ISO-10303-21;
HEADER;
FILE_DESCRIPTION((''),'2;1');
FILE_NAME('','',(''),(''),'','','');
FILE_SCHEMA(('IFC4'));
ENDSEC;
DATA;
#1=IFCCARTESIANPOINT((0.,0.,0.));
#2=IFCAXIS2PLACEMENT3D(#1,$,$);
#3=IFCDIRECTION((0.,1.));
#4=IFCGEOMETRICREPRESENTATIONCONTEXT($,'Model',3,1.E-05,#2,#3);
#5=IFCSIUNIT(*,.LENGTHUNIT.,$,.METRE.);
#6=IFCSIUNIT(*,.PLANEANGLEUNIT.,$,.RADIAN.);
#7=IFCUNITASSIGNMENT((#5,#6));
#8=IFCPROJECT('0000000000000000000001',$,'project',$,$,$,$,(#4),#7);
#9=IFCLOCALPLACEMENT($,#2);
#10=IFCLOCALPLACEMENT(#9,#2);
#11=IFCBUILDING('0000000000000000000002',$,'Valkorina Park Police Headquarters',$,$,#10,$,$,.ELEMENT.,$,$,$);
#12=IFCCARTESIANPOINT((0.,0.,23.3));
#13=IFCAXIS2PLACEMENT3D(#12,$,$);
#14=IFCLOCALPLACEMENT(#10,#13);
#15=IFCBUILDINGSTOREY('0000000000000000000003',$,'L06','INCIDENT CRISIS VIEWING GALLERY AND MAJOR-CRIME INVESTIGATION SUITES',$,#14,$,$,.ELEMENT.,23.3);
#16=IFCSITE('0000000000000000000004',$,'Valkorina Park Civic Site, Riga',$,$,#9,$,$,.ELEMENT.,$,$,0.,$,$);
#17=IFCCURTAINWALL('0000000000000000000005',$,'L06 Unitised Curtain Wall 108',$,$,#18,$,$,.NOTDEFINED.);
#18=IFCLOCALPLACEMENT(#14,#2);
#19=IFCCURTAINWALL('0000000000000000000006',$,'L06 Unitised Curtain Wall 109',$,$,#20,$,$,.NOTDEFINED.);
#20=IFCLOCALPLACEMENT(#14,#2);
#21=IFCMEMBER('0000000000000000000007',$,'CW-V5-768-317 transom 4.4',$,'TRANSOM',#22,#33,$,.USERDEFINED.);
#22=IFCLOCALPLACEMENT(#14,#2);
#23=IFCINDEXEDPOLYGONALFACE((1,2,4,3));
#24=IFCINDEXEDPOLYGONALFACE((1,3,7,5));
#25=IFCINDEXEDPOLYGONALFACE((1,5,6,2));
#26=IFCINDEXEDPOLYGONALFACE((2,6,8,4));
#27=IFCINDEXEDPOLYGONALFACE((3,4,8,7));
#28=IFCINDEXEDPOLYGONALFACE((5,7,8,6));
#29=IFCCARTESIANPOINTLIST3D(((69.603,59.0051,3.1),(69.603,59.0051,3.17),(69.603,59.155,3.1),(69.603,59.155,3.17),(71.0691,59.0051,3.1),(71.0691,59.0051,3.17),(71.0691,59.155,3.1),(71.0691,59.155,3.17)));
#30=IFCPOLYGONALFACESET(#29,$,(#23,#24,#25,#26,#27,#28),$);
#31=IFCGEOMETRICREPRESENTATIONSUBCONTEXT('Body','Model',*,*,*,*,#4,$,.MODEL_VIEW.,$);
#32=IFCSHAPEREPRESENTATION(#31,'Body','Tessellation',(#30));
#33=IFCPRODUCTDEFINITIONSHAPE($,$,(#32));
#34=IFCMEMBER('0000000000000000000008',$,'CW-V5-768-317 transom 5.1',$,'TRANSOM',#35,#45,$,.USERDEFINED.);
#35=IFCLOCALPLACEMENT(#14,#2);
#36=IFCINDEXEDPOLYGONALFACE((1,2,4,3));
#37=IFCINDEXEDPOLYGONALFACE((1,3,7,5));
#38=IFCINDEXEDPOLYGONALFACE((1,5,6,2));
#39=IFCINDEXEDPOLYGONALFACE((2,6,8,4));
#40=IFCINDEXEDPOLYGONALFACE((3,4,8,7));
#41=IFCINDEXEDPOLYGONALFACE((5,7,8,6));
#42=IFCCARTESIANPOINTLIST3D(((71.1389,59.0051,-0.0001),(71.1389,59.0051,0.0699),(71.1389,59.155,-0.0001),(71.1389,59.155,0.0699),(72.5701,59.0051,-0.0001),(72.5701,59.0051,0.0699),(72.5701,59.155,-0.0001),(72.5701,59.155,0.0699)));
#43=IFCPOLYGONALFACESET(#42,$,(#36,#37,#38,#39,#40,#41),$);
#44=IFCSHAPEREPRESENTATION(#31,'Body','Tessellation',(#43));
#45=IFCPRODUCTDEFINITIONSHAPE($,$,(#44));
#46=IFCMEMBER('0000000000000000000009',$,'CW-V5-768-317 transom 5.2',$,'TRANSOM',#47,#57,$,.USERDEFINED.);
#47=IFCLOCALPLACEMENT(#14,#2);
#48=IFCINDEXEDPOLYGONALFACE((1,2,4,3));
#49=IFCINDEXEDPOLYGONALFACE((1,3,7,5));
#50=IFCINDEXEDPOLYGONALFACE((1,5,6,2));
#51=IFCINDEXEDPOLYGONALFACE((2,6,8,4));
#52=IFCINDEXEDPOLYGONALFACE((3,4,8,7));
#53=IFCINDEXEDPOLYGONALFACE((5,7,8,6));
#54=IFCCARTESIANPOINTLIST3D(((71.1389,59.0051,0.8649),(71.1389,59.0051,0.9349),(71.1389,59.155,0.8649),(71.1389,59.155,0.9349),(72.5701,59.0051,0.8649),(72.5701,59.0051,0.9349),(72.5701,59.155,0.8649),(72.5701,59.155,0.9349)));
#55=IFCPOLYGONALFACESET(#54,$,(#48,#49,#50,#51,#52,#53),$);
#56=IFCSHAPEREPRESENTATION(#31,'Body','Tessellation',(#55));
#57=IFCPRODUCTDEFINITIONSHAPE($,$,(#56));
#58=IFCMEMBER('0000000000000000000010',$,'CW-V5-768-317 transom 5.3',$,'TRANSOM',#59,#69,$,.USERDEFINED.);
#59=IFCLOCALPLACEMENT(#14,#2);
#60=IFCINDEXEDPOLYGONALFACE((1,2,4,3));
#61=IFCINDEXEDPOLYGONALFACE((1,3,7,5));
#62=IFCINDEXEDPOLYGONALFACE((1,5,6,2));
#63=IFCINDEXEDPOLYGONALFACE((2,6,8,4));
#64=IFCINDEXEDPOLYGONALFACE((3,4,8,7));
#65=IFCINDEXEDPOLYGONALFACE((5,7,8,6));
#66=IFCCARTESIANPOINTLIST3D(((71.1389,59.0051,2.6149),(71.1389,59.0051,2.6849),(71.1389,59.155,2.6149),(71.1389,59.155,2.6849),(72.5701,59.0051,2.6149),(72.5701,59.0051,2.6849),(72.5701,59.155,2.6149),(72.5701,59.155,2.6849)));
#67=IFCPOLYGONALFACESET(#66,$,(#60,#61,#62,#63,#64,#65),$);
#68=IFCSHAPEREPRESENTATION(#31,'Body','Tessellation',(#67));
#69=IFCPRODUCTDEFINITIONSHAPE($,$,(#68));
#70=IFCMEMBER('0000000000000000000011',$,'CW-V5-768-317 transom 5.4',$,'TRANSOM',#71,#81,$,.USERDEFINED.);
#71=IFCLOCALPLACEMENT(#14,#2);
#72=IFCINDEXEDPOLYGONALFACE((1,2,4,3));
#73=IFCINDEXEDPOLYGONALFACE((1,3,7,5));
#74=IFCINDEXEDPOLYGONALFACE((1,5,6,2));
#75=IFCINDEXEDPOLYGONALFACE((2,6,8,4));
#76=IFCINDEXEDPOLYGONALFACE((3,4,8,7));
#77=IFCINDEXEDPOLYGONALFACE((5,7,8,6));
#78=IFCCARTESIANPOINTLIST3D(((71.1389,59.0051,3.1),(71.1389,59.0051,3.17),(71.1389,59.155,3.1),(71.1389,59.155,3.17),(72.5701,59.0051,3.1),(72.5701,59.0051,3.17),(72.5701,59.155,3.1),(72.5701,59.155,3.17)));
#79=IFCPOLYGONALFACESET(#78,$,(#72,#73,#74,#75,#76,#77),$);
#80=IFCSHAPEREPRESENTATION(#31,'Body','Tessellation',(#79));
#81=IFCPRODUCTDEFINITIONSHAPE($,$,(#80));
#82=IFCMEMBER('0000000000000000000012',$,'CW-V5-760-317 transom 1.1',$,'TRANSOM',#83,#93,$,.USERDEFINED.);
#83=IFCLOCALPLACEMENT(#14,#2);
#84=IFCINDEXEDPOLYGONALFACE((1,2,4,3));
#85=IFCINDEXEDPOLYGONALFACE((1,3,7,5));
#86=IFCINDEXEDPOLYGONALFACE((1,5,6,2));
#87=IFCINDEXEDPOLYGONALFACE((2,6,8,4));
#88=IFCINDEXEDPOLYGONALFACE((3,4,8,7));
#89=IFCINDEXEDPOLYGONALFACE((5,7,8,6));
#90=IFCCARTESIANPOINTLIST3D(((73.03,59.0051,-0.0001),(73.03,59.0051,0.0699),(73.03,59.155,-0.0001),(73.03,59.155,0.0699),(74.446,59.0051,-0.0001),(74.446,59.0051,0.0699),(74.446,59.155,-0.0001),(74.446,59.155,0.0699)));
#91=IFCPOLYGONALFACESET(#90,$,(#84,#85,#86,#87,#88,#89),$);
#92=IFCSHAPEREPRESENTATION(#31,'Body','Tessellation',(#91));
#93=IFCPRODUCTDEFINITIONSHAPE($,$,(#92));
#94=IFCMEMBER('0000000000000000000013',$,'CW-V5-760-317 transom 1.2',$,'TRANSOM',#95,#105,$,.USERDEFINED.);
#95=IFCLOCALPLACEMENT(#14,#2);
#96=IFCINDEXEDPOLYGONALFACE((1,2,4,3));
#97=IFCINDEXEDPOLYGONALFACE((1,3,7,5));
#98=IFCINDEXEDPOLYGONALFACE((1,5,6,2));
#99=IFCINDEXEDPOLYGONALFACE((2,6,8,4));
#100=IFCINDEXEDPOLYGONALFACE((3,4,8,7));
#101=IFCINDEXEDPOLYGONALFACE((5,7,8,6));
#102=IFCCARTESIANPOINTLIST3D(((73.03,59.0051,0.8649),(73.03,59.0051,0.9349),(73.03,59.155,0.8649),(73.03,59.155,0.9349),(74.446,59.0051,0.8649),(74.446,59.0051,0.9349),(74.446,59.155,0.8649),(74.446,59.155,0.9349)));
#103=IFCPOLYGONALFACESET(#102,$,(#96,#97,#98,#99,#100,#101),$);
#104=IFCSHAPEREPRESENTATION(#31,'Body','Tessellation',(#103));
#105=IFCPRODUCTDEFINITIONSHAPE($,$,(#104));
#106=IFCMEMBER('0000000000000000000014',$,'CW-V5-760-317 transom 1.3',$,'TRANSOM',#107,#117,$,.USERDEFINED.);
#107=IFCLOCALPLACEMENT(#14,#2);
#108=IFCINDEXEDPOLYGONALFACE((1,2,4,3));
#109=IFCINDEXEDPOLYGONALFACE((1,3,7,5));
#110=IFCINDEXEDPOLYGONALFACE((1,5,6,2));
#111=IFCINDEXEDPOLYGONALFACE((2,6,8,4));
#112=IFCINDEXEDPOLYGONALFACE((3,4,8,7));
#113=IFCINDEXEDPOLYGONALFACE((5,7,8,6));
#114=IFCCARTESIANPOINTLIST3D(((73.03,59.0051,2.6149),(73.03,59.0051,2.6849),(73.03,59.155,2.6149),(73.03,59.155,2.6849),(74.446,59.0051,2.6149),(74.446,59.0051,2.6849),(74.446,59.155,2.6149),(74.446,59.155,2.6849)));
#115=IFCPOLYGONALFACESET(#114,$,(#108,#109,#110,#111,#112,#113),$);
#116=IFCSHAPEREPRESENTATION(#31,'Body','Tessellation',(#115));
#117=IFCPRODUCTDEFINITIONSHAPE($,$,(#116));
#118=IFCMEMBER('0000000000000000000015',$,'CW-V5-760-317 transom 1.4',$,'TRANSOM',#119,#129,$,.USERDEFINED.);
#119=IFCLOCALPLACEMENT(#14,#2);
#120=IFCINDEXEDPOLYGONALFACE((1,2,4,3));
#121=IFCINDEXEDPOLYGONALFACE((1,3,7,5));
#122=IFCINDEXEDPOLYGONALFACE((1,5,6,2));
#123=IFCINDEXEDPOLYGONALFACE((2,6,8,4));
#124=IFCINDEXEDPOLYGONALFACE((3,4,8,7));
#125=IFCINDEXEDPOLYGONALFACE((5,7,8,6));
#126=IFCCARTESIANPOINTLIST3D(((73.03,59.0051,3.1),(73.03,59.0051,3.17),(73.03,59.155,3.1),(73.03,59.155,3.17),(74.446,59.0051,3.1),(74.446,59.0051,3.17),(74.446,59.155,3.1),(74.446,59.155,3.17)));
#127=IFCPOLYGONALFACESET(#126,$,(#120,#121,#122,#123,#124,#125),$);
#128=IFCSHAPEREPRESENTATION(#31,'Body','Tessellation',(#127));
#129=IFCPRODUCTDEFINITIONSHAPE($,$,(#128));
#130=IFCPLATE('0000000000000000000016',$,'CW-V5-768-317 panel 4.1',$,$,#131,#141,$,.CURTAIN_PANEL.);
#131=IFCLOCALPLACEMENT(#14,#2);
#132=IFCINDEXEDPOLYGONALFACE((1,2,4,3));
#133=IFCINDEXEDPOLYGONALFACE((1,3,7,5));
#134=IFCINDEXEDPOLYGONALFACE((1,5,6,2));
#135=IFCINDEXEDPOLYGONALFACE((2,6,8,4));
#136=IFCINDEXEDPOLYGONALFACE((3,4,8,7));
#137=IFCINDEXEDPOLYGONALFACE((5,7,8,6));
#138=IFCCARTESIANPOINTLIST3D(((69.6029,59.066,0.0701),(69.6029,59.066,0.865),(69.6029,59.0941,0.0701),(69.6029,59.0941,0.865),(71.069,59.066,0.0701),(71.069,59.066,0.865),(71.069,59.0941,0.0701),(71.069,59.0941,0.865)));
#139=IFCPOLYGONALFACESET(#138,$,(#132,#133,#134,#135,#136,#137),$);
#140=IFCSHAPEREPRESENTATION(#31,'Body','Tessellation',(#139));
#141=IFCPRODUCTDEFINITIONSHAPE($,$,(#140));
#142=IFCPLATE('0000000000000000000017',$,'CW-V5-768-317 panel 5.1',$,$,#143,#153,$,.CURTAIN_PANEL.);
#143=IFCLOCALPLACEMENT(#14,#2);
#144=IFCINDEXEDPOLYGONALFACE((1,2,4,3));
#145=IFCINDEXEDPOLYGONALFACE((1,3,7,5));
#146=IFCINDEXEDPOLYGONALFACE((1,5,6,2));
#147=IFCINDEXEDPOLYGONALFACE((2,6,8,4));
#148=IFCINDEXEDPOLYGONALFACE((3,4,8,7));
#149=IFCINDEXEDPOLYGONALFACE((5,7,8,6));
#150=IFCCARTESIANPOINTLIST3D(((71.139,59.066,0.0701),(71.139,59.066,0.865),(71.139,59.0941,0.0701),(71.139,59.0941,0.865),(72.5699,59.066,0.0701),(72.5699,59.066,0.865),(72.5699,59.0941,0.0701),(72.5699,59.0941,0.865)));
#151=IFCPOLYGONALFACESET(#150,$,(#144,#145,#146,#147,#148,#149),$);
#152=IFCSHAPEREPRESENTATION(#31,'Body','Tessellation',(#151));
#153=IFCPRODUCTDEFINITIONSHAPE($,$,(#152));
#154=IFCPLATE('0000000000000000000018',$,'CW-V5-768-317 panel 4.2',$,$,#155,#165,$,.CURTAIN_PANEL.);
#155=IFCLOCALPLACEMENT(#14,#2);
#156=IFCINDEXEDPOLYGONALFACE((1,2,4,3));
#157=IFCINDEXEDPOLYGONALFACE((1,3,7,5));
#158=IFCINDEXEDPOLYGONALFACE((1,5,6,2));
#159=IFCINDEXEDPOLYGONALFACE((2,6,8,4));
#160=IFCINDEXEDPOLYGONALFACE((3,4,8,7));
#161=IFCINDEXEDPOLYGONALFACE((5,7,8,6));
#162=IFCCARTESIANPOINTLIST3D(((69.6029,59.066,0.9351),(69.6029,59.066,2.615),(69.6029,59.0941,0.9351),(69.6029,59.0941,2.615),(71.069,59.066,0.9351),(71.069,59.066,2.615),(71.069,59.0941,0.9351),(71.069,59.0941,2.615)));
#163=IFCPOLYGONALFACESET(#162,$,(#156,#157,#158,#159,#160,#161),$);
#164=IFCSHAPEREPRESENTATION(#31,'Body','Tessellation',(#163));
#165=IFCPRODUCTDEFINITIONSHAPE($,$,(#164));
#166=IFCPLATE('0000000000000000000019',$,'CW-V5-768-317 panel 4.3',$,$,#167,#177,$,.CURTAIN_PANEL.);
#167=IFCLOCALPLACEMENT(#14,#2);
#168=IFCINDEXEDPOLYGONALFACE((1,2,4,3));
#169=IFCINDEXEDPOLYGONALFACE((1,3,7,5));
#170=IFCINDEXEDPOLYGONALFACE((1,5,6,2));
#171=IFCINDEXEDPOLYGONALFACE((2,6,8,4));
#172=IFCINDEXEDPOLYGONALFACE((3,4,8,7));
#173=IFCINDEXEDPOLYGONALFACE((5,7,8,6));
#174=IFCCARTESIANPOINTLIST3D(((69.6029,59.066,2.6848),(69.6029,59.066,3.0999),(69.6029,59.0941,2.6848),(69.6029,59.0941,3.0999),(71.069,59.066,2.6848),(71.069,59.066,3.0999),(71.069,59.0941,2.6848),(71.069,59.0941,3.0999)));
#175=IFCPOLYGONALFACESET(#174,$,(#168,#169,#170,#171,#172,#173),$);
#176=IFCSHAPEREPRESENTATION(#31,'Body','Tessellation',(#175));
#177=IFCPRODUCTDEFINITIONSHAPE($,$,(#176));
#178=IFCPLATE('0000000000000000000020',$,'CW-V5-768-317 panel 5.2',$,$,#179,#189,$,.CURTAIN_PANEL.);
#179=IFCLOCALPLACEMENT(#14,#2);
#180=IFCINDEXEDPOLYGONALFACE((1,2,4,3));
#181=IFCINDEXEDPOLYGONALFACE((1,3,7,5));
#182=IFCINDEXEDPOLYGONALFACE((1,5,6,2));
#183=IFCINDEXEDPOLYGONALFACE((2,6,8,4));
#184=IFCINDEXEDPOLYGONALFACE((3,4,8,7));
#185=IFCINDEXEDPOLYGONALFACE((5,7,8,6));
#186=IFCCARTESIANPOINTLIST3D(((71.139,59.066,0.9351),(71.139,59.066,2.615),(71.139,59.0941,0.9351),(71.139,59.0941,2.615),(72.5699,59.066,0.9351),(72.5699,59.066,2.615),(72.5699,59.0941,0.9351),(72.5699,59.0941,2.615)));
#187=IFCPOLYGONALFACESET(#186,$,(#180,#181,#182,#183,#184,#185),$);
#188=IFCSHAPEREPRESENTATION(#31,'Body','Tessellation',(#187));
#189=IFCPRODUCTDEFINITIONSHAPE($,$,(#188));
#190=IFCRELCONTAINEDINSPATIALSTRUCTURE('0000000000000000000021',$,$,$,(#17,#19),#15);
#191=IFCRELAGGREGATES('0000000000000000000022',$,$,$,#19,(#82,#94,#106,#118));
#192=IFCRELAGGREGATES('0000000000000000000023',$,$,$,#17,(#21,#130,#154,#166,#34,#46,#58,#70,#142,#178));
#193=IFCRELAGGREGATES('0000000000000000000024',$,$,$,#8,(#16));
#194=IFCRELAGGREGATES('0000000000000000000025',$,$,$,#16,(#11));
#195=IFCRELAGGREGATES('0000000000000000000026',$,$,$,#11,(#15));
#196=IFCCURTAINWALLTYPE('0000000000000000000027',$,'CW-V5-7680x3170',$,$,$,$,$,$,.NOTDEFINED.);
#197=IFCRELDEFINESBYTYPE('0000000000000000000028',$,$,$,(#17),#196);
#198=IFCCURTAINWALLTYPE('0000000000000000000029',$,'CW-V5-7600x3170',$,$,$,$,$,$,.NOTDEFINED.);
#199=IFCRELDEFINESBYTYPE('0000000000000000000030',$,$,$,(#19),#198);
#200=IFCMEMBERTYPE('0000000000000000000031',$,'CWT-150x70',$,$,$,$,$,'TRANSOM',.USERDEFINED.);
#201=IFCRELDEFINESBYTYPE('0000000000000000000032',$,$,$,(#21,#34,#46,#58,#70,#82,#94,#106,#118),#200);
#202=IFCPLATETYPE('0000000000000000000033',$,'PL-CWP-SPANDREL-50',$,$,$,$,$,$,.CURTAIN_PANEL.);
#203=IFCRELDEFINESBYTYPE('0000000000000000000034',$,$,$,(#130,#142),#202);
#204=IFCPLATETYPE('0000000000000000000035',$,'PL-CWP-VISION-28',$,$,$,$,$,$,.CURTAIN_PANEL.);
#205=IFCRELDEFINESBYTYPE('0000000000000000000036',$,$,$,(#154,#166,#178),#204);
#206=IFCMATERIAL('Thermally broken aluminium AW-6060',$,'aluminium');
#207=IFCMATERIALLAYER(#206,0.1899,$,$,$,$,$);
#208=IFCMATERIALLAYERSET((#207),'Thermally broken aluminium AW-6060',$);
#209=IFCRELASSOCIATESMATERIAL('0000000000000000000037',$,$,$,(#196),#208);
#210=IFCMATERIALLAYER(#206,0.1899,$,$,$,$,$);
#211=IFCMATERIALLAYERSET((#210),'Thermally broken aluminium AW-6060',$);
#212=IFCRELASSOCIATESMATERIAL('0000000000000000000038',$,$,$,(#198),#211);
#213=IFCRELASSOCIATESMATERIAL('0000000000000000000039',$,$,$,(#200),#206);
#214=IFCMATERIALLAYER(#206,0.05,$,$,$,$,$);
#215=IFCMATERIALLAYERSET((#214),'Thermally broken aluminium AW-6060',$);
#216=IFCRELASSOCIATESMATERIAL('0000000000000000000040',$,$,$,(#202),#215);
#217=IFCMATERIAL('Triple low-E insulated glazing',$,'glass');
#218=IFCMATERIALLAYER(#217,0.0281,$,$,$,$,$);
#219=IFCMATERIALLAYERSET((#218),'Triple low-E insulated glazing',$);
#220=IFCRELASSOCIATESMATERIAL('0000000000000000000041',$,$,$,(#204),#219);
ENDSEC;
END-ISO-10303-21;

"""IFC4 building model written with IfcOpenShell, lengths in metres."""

from ifc_helpers import new_model, si_unit, direction, frame, origin, origin_2d, place, context, subcontext, project, spatial, rectangle, extrude, material, layer, layer_set, material_profile, profile_set, type_object, element, aggregate, save


model = new_model("IFC4")

# Units and contexts
model_context = context("Model", 3, precision=1e-05, world=origin(), true_north=direction((0.0, 1.0)))
body_context = subcontext(model_context, "Body", "Model", "MODEL_VIEW")
ifc_project = project(units=[si_unit("LENGTHUNIT", "METRE"), si_unit("PLANEANGLEUNIT", "RADIAN")], contexts=[model_context])

# Site, building, storey
site_placement = place(None, origin())
site = spatial("IfcSite", under=ifc_project, at=site_placement, Name="Valkorina Park Civic Site, Riga", CompositionType="ELEMENT", RefElevation=0.0)
building_placement = place(site_placement, origin())
building = spatial("IfcBuilding", under=site, at=building_placement, Name="Valkorina Park Police Headquarters", CompositionType="ELEMENT")
storey_placement = place(building_placement, frame((0.0, 0.0, 23.3)))
storey = spatial("IfcBuildingStorey", under=building, at=storey_placement, Name="L06", Description="INCIDENT CRISIS VIEWING GALLERY AND MAJOR-CRIME INVESTIGATION SUITES", CompositionType="ELEMENT", Elevation=23.3)

# Curtain wall
ifc_material_1 = material(Name="Thermally broken aluminium AW-6060", Category="aluminium")
ifc_layer_1 = layer(ifc_material_1, 0.1899)
ifc_layer_set_1 = layer_set([ifc_layer_1], Name="Thermally broken aluminium AW-6060")
curtain_wall_type_1 = type_object("IfcCurtainWallType", Name="CW-V5-7680x3170", PredefinedType="NOTDEFINED", material=ifc_layer_set_1)
curtain_wall_1_placement = place(storey_placement, origin())
curtain_wall_1 = element("IfcCurtainWall", 1, at=curtain_wall_1_placement, inside=storey, type_object=curtain_wall_type_1, Name="L06 Unitised Curtain Wall 108", PredefinedType="NOTDEFINED")

# Curtain wall
ifc_layer_2 = layer(ifc_material_1, 0.1899)
ifc_layer_set_2 = layer_set([ifc_layer_2], Name="Thermally broken aluminium AW-6060")
curtain_wall_type_2 = type_object("IfcCurtainWallType", Name="CW-V5-7600x3170", PredefinedType="NOTDEFINED", material=ifc_layer_set_2)
curtain_wall_2_placement = place(storey_placement, origin())
curtain_wall_2 = element("IfcCurtainWall", 2, at=curtain_wall_2_placement, inside=storey, type_object=curtain_wall_type_2, Name="L06 Unitised Curtain Wall 109", PredefinedType="NOTDEFINED")

# Members
ifc_material_profile_1 = material_profile(ifc_material_1, rectangle(XDim=0.1499, YDim=0.0701, at=origin_2d()), Name="CWT-02 150x70")
ifc_profile_set_1 = profile_set([ifc_material_profile_1], Name="Thermally broken aluminium AW-6060")
member_type_1 = type_object("IfcMemberType", Name="CWT-150x70", ElementType="TRANSOM", PredefinedType="USERDEFINED", material=ifc_profile_set_1)
member_1_placement = place(storey_placement, frame((69.603, 59.0801, 3.135), z_axis=(1.0, 0.0, 0.0), x_axis=(0.0, 1.0, 0.0)))
member_1 = element("IfcMember", 3, at=member_1_placement, type_object=member_type_1, Name="CW-V5-768-317 transom 4.4", ObjectType="TRANSOM", PredefinedType="USERDEFINED", context=body_context, shape_type="SweptSolid", body=[
    extrude(rectangle(XDim=0.1499, YDim=0.0701, at=origin_2d()), origin(), (0.0, 0.0, 1.0), 1.4661),
])
member_2_placement = place(storey_placement, frame((71.1389, 59.0801, 0.0349), z_axis=(1.0, 0.0, 0.0), x_axis=(0.0, 1.0, 0.0)))
member_2 = element("IfcMember", 4, at=member_2_placement, type_object=member_type_1, Name="CW-V5-768-317 transom 5.1", ObjectType="TRANSOM", PredefinedType="USERDEFINED", context=body_context, shape_type="SweptSolid", body=[
    extrude(rectangle(XDim=0.1499, YDim=0.0701, at=origin_2d()), origin(), (0.0, 0.0, 1.0), 1.4312),
])
member_3_placement = place(storey_placement, frame((71.1389, 59.0801, 0.8999), z_axis=(1.0, 0.0, 0.0), x_axis=(0.0, 1.0, 0.0)))
member_3 = element("IfcMember", 5, at=member_3_placement, type_object=member_type_1, Name="CW-V5-768-317 transom 5.2", ObjectType="TRANSOM", PredefinedType="USERDEFINED", context=body_context, shape_type="SweptSolid", body=[
    extrude(rectangle(XDim=0.1499, YDim=0.0701, at=origin_2d()), origin(), (0.0, 0.0, 1.0), 1.4312),
])
member_4_placement = place(storey_placement, frame((71.1389, 59.0801, 2.6499), z_axis=(1.0, 0.0, 0.0), x_axis=(0.0, 1.0, 0.0)))
member_4 = element("IfcMember", 6, at=member_4_placement, type_object=member_type_1, Name="CW-V5-768-317 transom 5.3", ObjectType="TRANSOM", PredefinedType="USERDEFINED", context=body_context, shape_type="SweptSolid", body=[
    extrude(rectangle(XDim=0.1499, YDim=0.0701, at=origin_2d()), origin(), (0.0, 0.0, 1.0), 1.4312),
])
member_5_placement = place(storey_placement, frame((71.1389, 59.0801, 3.135), z_axis=(1.0, 0.0, 0.0), x_axis=(0.0, 1.0, 0.0)))
member_5 = element("IfcMember", 7, at=member_5_placement, type_object=member_type_1, Name="CW-V5-768-317 transom 5.4", ObjectType="TRANSOM", PredefinedType="USERDEFINED", context=body_context, shape_type="SweptSolid", body=[
    extrude(rectangle(XDim=0.1499, YDim=0.0701, at=origin_2d()), origin(), (0.0, 0.0, 1.0), 1.4312),
])
member_6_placement = place(storey_placement, frame((73.03, 59.0801, 0.0349), z_axis=(1.0, 0.0, 0.0), x_axis=(0.0, 1.0, 0.0)))
member_6 = element("IfcMember", 8, at=member_6_placement, type_object=member_type_1, Name="CW-V5-760-317 transom 1.1", ObjectType="TRANSOM", PredefinedType="USERDEFINED", context=body_context, shape_type="SweptSolid", body=[
    extrude(rectangle(XDim=0.1499, YDim=0.0701, at=origin_2d()), origin(), (0.0, 0.0, 1.0), 1.416),
])
member_7_placement = place(storey_placement, frame((73.03, 59.0801, 0.8999), z_axis=(1.0, 0.0, 0.0), x_axis=(0.0, 1.0, 0.0)))
member_7 = element("IfcMember", 9, at=member_7_placement, type_object=member_type_1, Name="CW-V5-760-317 transom 1.2", ObjectType="TRANSOM", PredefinedType="USERDEFINED", context=body_context, shape_type="SweptSolid", body=[
    extrude(rectangle(XDim=0.1499, YDim=0.0701, at=origin_2d()), origin(), (0.0, 0.0, 1.0), 1.416),
])
member_8_placement = place(storey_placement, frame((73.03, 59.0801, 2.6499), z_axis=(1.0, 0.0, 0.0), x_axis=(0.0, 1.0, 0.0)))
member_8 = element("IfcMember", 10, at=member_8_placement, type_object=member_type_1, Name="CW-V5-760-317 transom 1.3", ObjectType="TRANSOM", PredefinedType="USERDEFINED", context=body_context, shape_type="SweptSolid", body=[
    extrude(rectangle(XDim=0.1499, YDim=0.0701, at=origin_2d()), origin(), (0.0, 0.0, 1.0), 1.416),
])
member_9_placement = place(storey_placement, frame((73.03, 59.0801, 3.135), z_axis=(1.0, 0.0, 0.0), x_axis=(0.0, 1.0, 0.0)))
member_9 = element("IfcMember", 11, at=member_9_placement, type_object=member_type_1, Name="CW-V5-760-317 transom 1.4", ObjectType="TRANSOM", PredefinedType="USERDEFINED", context=body_context, shape_type="SweptSolid", body=[
    extrude(rectangle(XDim=0.1499, YDim=0.0701, at=origin_2d()), origin(), (0.0, 0.0, 1.0), 1.416),
])
aggregate(curtain_wall_2, [member_6, member_7, member_8, member_9])

# Plates
ifc_layer_3 = layer(ifc_material_1, 0.05)
ifc_layer_set_3 = layer_set([ifc_layer_3], Name="Thermally broken aluminium AW-6060")
plate_type_1 = type_object("IfcPlateType", Name="PL-CWP-SPANDREL-50", PredefinedType="CURTAIN_PANEL", material=ifc_layer_set_3)
plate_1_placement = place(storey_placement, frame((70.3359, 59.0801, 0.0701), z_axis=(0.0, 0.0, 1.0), x_axis=(1.0, 0.0, 0.0)))
plate_1 = element("IfcPlate", 12, at=plate_1_placement, type_object=plate_type_1, Name="CW-V5-768-317 panel 4.1", PredefinedType="CURTAIN_PANEL", context=body_context, shape_type="SweptSolid", body=[
    extrude(rectangle(XDim=1.4661, YDim=0.0281, at=origin_2d()), origin(), (0.0, 0.0, 1.0), 0.7949),
])
plate_2_placement = place(storey_placement, frame((71.8545, 59.0801, 0.0701), z_axis=(0.0, 0.0, 1.0), x_axis=(1.0, 0.0, 0.0)))
plate_2 = element("IfcPlate", 13, at=plate_2_placement, type_object=plate_type_1, Name="CW-V5-768-317 panel 5.1", PredefinedType="CURTAIN_PANEL", context=body_context, shape_type="SweptSolid", body=[
    extrude(rectangle(XDim=1.4309, YDim=0.0281, at=origin_2d()), origin(), (0.0, 0.0, 1.0), 0.7949),
])
ifc_material_2 = material(Name="Triple low-E insulated glazing", Category="glass")
ifc_layer_4 = layer(ifc_material_2, 0.0281)
ifc_layer_set_4 = layer_set([ifc_layer_4], Name="Triple low-E insulated glazing")
plate_type_2 = type_object("IfcPlateType", Name="PL-CWP-VISION-28", PredefinedType="CURTAIN_PANEL", material=ifc_layer_set_4)
plate_3_placement = place(storey_placement, frame((70.3359, 59.0801, 0.9351), z_axis=(0.0, 0.0, 1.0), x_axis=(1.0, 0.0, 0.0)))
plate_3 = element("IfcPlate", 14, at=plate_3_placement, type_object=plate_type_2, Name="CW-V5-768-317 panel 4.2", PredefinedType="CURTAIN_PANEL", context=body_context, shape_type="SweptSolid", body=[
    extrude(rectangle(XDim=1.4661, YDim=0.0281, at=origin_2d()), origin(), (0.0, 0.0, 1.0), 1.6799),
])
plate_4_placement = place(storey_placement, frame((70.3359, 59.0801, 2.6848), z_axis=(0.0, 0.0, 1.0), x_axis=(1.0, 0.0, 0.0)))
plate_4 = element("IfcPlate", 15, at=plate_4_placement, type_object=plate_type_2, Name="CW-V5-768-317 panel 4.3", PredefinedType="CURTAIN_PANEL", context=body_context, shape_type="SweptSolid", body=[
    extrude(rectangle(XDim=1.4661, YDim=0.0281, at=origin_2d()), origin(), (0.0, 0.0, 1.0), 0.415),
])
plate_5_placement = place(storey_placement, frame((71.8545, 59.0801, 0.9351), z_axis=(0.0, 0.0, 1.0), x_axis=(1.0, 0.0, 0.0)))
plate_5 = element("IfcPlate", 16, at=plate_5_placement, type_object=plate_type_2, Name="CW-V5-768-317 panel 5.2", PredefinedType="CURTAIN_PANEL", context=body_context, shape_type="SweptSolid", body=[
    extrude(rectangle(XDim=1.4309, YDim=0.0281, at=origin_2d()), origin(), (0.0, 0.0, 1.0), 1.6799),
])
aggregate(curtain_wall_1, [member_1, plate_1, plate_3, plate_4, member_2, member_3, member_4, member_5, plate_2, plate_5])

save(model, "model.ifc")
